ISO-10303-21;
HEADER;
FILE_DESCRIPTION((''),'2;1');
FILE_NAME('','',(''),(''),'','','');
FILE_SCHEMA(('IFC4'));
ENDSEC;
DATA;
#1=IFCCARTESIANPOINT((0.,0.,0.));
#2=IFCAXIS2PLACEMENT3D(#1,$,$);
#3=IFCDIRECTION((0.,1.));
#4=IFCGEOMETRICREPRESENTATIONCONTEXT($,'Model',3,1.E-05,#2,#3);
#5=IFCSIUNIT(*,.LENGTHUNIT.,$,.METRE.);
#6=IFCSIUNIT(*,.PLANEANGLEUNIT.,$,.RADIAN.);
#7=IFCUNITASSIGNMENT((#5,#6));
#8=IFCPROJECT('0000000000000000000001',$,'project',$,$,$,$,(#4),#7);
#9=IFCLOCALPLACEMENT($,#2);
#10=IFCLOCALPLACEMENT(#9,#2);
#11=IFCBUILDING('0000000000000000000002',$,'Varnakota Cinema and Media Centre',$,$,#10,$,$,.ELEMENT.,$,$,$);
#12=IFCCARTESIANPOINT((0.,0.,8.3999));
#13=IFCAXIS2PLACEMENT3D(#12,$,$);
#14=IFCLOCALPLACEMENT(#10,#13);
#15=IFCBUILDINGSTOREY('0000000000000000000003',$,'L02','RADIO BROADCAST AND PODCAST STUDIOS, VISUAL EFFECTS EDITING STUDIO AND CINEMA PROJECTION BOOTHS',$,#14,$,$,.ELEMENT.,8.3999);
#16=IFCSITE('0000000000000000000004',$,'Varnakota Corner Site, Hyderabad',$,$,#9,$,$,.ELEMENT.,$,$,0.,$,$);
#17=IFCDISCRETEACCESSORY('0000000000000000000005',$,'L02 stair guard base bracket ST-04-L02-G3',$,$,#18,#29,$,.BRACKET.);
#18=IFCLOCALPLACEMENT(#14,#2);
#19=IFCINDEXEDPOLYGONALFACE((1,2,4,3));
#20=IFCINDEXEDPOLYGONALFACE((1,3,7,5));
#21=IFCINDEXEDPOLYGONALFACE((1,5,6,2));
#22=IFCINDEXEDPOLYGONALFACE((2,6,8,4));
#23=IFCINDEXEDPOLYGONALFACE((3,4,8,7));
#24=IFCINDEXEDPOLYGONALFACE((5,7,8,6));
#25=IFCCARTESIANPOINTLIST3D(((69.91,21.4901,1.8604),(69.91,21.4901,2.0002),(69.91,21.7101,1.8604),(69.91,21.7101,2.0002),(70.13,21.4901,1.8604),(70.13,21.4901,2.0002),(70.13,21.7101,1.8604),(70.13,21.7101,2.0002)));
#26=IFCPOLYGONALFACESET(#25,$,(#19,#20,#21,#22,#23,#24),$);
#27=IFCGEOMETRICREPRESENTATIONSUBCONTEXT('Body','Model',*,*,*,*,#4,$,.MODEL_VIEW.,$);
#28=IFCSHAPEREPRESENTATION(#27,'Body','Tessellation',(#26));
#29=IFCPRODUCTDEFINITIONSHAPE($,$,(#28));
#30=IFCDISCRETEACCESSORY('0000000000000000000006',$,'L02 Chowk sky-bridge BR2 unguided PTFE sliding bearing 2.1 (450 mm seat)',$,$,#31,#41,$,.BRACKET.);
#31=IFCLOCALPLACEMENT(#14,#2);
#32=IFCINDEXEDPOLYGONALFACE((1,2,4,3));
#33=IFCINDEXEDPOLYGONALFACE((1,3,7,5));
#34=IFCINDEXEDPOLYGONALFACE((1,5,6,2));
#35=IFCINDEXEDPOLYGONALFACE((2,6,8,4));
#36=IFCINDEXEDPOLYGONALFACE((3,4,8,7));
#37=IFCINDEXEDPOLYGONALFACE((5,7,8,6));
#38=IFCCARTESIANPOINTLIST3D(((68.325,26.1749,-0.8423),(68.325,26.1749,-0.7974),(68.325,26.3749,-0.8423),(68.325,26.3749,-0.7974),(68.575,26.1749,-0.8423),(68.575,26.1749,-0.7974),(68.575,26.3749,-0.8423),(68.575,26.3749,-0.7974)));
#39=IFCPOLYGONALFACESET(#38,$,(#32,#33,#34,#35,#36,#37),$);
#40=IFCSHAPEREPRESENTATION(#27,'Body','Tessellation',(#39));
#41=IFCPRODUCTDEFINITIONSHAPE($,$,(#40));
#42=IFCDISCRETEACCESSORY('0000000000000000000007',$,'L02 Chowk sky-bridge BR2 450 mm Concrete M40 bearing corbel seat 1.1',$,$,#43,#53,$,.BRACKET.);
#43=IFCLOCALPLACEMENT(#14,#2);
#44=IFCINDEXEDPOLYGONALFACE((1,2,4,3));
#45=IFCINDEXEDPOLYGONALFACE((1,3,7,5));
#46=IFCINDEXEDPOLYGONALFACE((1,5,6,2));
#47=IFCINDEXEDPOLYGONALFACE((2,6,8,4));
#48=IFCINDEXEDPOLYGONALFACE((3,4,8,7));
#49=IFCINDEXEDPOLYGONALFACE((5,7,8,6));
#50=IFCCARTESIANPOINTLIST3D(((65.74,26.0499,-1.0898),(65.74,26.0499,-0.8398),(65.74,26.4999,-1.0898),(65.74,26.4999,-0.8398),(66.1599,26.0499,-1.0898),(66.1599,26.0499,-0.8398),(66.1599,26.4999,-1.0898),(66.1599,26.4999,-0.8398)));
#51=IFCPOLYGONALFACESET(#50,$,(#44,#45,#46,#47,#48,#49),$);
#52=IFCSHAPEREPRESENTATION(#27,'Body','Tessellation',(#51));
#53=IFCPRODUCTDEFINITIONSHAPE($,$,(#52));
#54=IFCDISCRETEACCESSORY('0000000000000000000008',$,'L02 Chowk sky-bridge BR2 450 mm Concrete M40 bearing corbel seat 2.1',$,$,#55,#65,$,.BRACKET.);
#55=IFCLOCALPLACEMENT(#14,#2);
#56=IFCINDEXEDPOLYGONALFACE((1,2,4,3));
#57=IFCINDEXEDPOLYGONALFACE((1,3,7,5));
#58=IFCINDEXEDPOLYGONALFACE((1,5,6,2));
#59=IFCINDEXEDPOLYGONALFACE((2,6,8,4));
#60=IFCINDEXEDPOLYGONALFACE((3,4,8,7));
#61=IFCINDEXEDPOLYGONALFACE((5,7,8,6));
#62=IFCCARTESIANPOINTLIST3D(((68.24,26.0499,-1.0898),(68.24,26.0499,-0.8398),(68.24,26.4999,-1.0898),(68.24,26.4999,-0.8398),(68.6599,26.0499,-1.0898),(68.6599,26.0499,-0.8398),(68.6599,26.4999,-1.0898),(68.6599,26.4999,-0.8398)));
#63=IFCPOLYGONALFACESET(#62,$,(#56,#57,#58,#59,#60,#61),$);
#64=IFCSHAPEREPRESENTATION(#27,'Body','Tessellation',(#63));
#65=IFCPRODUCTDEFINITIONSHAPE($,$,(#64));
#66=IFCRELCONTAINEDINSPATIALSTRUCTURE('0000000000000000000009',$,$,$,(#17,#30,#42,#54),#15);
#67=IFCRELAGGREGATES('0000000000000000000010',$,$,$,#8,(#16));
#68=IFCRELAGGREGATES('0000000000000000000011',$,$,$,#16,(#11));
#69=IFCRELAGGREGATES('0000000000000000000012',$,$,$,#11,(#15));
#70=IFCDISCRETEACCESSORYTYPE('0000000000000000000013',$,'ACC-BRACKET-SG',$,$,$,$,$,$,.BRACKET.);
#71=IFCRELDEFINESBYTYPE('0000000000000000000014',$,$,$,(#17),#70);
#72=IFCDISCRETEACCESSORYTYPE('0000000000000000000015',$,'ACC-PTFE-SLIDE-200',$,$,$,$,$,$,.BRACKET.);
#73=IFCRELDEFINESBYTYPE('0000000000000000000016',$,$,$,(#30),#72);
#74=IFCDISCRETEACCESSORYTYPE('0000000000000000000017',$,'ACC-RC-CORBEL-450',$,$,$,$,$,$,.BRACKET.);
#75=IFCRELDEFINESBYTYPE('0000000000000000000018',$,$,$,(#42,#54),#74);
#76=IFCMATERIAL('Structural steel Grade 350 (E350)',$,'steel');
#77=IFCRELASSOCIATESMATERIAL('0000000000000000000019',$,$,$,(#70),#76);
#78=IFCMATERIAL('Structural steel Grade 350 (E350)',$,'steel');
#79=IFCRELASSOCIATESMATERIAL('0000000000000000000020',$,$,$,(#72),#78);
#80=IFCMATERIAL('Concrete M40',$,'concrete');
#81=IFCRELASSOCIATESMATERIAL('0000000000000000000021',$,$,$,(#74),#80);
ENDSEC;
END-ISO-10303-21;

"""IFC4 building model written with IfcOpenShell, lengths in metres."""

from ifc_helpers import new_model, si_unit, direction, frame, origin, origin_2d, place, context, subcontext, project, spatial, rectangle, extrude, material, type_object, element, save


model = new_model("IFC4")

# Units and contexts
model_context = context("Model", 3, precision=1e-05, world=origin(), true_north=direction((0.0, 1.0)))
body_context = subcontext(model_context, "Body", "Model", "MODEL_VIEW")
ifc_project = project(units=[si_unit("LENGTHUNIT", "METRE"), si_unit("PLANEANGLEUNIT", "RADIAN")], contexts=[model_context])

# Site, building, storey
site_placement = place(None, origin())
site = spatial("IfcSite", under=ifc_project, at=site_placement, Name="Varnakota Corner Site, Hyderabad", CompositionType="ELEMENT", RefElevation=0.0)
building_placement = place(site_placement, origin())
building = spatial("IfcBuilding", under=site, at=building_placement, Name="Varnakota Cinema and Media Centre", CompositionType="ELEMENT")
storey_placement = place(building_placement, frame((0.0, 0.0, 8.3999)))
storey = spatial("IfcBuildingStorey", under=building, at=storey_placement, Name="L02", Description="RADIO BROADCAST AND PODCAST STUDIOS, VISUAL EFFECTS EDITING STUDIO AND CINEMA PROJECTION BOOTHS", CompositionType="ELEMENT", Elevation=8.3999)

# Discrete accessories
ifc_material_1 = material(Name="Structural steel Grade 350 (E350)", Category="steel")
discrete_accessory_type_1 = type_object("IfcDiscreteAccessoryType", Name="ACC-BRACKET-SG", PredefinedType="BRACKET", material=ifc_material_1)
for number, where, z_axis, x_axis, name in (
    (1, (70.02, 21.6001, 1.8604), (0.0, 0.0, 1.0), (1.0, 0.0, 0.0), "L02 stair guard base bracket ST-04-L02-G3"),
):
    element("IfcDiscreteAccessory", number, at=place(storey_placement, frame(where, z_axis=z_axis, x_axis=x_axis)), inside=storey, type_object=discrete_accessory_type_1, Name=name, PredefinedType="BRACKET", context=body_context, shape_type="SweptSolid", body=[
        extrude(rectangle(XDim=0.22, YDim=0.22, at=origin_2d()), origin(), (0.0, 0.0, 1.0), 0.1399),
    ])
ifc_material_2 = material(Name="Structural steel Grade 350 (E350)", Category="steel")
discrete_accessory_type_2 = type_object("IfcDiscreteAccessoryType", Name="ACC-PTFE-SLIDE-200", PredefinedType="BRACKET", material=ifc_material_2)
discrete_accessory_placement = place(storey_placement, frame((68.45, 26.2749, -0.8423), z_axis=(0.0, 0.0, 1.0), x_axis=(1.0, 0.0, 0.0)))
element("IfcDiscreteAccessory", 2, at=discrete_accessory_placement, inside=storey, type_object=discrete_accessory_type_2, Name="L02 Chowk sky-bridge BR2 unguided PTFE sliding bearing 2.1 (450 mm seat)", PredefinedType="BRACKET", context=body_context, shape_type="SweptSolid", body=[
    extrude(rectangle(XDim=0.25, YDim=0.2, at=origin_2d()), origin(), (0.0, 0.0, 1.0), 0.0449),
])
ifc_material_3 = material(Name="Concrete M40", Category="concrete")
discrete_accessory_type_3 = type_object("IfcDiscreteAccessoryType", Name="ACC-RC-CORBEL-450", PredefinedType="BRACKET", material=ifc_material_3)
for number, where, z_axis, x_axis, name in (
    (3, (65.95, 26.2749, -1.0898), (0.0, 0.0, 1.0), (1.0, 0.0, 0.0), "L02 Chowk sky-bridge BR2 450 mm Concrete M40 bearing corbel seat 1.1"),
    (4, (68.45, 26.2749, -1.0898), (0.0, 0.0, 1.0), (1.0, 0.0, 0.0), "L02 Chowk sky-bridge BR2 450 mm Concrete M40 bearing corbel seat 2.1"),
):
    element("IfcDiscreteAccessory", number, at=place(storey_placement, frame(where, z_axis=z_axis, x_axis=x_axis)), inside=storey, type_object=discrete_accessory_type_3, Name=name, PredefinedType="BRACKET", context=body_context, shape_type="SweptSolid", body=[
        extrude(rectangle(XDim=0.4199, YDim=0.45, at=origin_2d()), origin(), (0.0, 0.0, 1.0), 0.25),
    ])

save(model, "model.ifc")
